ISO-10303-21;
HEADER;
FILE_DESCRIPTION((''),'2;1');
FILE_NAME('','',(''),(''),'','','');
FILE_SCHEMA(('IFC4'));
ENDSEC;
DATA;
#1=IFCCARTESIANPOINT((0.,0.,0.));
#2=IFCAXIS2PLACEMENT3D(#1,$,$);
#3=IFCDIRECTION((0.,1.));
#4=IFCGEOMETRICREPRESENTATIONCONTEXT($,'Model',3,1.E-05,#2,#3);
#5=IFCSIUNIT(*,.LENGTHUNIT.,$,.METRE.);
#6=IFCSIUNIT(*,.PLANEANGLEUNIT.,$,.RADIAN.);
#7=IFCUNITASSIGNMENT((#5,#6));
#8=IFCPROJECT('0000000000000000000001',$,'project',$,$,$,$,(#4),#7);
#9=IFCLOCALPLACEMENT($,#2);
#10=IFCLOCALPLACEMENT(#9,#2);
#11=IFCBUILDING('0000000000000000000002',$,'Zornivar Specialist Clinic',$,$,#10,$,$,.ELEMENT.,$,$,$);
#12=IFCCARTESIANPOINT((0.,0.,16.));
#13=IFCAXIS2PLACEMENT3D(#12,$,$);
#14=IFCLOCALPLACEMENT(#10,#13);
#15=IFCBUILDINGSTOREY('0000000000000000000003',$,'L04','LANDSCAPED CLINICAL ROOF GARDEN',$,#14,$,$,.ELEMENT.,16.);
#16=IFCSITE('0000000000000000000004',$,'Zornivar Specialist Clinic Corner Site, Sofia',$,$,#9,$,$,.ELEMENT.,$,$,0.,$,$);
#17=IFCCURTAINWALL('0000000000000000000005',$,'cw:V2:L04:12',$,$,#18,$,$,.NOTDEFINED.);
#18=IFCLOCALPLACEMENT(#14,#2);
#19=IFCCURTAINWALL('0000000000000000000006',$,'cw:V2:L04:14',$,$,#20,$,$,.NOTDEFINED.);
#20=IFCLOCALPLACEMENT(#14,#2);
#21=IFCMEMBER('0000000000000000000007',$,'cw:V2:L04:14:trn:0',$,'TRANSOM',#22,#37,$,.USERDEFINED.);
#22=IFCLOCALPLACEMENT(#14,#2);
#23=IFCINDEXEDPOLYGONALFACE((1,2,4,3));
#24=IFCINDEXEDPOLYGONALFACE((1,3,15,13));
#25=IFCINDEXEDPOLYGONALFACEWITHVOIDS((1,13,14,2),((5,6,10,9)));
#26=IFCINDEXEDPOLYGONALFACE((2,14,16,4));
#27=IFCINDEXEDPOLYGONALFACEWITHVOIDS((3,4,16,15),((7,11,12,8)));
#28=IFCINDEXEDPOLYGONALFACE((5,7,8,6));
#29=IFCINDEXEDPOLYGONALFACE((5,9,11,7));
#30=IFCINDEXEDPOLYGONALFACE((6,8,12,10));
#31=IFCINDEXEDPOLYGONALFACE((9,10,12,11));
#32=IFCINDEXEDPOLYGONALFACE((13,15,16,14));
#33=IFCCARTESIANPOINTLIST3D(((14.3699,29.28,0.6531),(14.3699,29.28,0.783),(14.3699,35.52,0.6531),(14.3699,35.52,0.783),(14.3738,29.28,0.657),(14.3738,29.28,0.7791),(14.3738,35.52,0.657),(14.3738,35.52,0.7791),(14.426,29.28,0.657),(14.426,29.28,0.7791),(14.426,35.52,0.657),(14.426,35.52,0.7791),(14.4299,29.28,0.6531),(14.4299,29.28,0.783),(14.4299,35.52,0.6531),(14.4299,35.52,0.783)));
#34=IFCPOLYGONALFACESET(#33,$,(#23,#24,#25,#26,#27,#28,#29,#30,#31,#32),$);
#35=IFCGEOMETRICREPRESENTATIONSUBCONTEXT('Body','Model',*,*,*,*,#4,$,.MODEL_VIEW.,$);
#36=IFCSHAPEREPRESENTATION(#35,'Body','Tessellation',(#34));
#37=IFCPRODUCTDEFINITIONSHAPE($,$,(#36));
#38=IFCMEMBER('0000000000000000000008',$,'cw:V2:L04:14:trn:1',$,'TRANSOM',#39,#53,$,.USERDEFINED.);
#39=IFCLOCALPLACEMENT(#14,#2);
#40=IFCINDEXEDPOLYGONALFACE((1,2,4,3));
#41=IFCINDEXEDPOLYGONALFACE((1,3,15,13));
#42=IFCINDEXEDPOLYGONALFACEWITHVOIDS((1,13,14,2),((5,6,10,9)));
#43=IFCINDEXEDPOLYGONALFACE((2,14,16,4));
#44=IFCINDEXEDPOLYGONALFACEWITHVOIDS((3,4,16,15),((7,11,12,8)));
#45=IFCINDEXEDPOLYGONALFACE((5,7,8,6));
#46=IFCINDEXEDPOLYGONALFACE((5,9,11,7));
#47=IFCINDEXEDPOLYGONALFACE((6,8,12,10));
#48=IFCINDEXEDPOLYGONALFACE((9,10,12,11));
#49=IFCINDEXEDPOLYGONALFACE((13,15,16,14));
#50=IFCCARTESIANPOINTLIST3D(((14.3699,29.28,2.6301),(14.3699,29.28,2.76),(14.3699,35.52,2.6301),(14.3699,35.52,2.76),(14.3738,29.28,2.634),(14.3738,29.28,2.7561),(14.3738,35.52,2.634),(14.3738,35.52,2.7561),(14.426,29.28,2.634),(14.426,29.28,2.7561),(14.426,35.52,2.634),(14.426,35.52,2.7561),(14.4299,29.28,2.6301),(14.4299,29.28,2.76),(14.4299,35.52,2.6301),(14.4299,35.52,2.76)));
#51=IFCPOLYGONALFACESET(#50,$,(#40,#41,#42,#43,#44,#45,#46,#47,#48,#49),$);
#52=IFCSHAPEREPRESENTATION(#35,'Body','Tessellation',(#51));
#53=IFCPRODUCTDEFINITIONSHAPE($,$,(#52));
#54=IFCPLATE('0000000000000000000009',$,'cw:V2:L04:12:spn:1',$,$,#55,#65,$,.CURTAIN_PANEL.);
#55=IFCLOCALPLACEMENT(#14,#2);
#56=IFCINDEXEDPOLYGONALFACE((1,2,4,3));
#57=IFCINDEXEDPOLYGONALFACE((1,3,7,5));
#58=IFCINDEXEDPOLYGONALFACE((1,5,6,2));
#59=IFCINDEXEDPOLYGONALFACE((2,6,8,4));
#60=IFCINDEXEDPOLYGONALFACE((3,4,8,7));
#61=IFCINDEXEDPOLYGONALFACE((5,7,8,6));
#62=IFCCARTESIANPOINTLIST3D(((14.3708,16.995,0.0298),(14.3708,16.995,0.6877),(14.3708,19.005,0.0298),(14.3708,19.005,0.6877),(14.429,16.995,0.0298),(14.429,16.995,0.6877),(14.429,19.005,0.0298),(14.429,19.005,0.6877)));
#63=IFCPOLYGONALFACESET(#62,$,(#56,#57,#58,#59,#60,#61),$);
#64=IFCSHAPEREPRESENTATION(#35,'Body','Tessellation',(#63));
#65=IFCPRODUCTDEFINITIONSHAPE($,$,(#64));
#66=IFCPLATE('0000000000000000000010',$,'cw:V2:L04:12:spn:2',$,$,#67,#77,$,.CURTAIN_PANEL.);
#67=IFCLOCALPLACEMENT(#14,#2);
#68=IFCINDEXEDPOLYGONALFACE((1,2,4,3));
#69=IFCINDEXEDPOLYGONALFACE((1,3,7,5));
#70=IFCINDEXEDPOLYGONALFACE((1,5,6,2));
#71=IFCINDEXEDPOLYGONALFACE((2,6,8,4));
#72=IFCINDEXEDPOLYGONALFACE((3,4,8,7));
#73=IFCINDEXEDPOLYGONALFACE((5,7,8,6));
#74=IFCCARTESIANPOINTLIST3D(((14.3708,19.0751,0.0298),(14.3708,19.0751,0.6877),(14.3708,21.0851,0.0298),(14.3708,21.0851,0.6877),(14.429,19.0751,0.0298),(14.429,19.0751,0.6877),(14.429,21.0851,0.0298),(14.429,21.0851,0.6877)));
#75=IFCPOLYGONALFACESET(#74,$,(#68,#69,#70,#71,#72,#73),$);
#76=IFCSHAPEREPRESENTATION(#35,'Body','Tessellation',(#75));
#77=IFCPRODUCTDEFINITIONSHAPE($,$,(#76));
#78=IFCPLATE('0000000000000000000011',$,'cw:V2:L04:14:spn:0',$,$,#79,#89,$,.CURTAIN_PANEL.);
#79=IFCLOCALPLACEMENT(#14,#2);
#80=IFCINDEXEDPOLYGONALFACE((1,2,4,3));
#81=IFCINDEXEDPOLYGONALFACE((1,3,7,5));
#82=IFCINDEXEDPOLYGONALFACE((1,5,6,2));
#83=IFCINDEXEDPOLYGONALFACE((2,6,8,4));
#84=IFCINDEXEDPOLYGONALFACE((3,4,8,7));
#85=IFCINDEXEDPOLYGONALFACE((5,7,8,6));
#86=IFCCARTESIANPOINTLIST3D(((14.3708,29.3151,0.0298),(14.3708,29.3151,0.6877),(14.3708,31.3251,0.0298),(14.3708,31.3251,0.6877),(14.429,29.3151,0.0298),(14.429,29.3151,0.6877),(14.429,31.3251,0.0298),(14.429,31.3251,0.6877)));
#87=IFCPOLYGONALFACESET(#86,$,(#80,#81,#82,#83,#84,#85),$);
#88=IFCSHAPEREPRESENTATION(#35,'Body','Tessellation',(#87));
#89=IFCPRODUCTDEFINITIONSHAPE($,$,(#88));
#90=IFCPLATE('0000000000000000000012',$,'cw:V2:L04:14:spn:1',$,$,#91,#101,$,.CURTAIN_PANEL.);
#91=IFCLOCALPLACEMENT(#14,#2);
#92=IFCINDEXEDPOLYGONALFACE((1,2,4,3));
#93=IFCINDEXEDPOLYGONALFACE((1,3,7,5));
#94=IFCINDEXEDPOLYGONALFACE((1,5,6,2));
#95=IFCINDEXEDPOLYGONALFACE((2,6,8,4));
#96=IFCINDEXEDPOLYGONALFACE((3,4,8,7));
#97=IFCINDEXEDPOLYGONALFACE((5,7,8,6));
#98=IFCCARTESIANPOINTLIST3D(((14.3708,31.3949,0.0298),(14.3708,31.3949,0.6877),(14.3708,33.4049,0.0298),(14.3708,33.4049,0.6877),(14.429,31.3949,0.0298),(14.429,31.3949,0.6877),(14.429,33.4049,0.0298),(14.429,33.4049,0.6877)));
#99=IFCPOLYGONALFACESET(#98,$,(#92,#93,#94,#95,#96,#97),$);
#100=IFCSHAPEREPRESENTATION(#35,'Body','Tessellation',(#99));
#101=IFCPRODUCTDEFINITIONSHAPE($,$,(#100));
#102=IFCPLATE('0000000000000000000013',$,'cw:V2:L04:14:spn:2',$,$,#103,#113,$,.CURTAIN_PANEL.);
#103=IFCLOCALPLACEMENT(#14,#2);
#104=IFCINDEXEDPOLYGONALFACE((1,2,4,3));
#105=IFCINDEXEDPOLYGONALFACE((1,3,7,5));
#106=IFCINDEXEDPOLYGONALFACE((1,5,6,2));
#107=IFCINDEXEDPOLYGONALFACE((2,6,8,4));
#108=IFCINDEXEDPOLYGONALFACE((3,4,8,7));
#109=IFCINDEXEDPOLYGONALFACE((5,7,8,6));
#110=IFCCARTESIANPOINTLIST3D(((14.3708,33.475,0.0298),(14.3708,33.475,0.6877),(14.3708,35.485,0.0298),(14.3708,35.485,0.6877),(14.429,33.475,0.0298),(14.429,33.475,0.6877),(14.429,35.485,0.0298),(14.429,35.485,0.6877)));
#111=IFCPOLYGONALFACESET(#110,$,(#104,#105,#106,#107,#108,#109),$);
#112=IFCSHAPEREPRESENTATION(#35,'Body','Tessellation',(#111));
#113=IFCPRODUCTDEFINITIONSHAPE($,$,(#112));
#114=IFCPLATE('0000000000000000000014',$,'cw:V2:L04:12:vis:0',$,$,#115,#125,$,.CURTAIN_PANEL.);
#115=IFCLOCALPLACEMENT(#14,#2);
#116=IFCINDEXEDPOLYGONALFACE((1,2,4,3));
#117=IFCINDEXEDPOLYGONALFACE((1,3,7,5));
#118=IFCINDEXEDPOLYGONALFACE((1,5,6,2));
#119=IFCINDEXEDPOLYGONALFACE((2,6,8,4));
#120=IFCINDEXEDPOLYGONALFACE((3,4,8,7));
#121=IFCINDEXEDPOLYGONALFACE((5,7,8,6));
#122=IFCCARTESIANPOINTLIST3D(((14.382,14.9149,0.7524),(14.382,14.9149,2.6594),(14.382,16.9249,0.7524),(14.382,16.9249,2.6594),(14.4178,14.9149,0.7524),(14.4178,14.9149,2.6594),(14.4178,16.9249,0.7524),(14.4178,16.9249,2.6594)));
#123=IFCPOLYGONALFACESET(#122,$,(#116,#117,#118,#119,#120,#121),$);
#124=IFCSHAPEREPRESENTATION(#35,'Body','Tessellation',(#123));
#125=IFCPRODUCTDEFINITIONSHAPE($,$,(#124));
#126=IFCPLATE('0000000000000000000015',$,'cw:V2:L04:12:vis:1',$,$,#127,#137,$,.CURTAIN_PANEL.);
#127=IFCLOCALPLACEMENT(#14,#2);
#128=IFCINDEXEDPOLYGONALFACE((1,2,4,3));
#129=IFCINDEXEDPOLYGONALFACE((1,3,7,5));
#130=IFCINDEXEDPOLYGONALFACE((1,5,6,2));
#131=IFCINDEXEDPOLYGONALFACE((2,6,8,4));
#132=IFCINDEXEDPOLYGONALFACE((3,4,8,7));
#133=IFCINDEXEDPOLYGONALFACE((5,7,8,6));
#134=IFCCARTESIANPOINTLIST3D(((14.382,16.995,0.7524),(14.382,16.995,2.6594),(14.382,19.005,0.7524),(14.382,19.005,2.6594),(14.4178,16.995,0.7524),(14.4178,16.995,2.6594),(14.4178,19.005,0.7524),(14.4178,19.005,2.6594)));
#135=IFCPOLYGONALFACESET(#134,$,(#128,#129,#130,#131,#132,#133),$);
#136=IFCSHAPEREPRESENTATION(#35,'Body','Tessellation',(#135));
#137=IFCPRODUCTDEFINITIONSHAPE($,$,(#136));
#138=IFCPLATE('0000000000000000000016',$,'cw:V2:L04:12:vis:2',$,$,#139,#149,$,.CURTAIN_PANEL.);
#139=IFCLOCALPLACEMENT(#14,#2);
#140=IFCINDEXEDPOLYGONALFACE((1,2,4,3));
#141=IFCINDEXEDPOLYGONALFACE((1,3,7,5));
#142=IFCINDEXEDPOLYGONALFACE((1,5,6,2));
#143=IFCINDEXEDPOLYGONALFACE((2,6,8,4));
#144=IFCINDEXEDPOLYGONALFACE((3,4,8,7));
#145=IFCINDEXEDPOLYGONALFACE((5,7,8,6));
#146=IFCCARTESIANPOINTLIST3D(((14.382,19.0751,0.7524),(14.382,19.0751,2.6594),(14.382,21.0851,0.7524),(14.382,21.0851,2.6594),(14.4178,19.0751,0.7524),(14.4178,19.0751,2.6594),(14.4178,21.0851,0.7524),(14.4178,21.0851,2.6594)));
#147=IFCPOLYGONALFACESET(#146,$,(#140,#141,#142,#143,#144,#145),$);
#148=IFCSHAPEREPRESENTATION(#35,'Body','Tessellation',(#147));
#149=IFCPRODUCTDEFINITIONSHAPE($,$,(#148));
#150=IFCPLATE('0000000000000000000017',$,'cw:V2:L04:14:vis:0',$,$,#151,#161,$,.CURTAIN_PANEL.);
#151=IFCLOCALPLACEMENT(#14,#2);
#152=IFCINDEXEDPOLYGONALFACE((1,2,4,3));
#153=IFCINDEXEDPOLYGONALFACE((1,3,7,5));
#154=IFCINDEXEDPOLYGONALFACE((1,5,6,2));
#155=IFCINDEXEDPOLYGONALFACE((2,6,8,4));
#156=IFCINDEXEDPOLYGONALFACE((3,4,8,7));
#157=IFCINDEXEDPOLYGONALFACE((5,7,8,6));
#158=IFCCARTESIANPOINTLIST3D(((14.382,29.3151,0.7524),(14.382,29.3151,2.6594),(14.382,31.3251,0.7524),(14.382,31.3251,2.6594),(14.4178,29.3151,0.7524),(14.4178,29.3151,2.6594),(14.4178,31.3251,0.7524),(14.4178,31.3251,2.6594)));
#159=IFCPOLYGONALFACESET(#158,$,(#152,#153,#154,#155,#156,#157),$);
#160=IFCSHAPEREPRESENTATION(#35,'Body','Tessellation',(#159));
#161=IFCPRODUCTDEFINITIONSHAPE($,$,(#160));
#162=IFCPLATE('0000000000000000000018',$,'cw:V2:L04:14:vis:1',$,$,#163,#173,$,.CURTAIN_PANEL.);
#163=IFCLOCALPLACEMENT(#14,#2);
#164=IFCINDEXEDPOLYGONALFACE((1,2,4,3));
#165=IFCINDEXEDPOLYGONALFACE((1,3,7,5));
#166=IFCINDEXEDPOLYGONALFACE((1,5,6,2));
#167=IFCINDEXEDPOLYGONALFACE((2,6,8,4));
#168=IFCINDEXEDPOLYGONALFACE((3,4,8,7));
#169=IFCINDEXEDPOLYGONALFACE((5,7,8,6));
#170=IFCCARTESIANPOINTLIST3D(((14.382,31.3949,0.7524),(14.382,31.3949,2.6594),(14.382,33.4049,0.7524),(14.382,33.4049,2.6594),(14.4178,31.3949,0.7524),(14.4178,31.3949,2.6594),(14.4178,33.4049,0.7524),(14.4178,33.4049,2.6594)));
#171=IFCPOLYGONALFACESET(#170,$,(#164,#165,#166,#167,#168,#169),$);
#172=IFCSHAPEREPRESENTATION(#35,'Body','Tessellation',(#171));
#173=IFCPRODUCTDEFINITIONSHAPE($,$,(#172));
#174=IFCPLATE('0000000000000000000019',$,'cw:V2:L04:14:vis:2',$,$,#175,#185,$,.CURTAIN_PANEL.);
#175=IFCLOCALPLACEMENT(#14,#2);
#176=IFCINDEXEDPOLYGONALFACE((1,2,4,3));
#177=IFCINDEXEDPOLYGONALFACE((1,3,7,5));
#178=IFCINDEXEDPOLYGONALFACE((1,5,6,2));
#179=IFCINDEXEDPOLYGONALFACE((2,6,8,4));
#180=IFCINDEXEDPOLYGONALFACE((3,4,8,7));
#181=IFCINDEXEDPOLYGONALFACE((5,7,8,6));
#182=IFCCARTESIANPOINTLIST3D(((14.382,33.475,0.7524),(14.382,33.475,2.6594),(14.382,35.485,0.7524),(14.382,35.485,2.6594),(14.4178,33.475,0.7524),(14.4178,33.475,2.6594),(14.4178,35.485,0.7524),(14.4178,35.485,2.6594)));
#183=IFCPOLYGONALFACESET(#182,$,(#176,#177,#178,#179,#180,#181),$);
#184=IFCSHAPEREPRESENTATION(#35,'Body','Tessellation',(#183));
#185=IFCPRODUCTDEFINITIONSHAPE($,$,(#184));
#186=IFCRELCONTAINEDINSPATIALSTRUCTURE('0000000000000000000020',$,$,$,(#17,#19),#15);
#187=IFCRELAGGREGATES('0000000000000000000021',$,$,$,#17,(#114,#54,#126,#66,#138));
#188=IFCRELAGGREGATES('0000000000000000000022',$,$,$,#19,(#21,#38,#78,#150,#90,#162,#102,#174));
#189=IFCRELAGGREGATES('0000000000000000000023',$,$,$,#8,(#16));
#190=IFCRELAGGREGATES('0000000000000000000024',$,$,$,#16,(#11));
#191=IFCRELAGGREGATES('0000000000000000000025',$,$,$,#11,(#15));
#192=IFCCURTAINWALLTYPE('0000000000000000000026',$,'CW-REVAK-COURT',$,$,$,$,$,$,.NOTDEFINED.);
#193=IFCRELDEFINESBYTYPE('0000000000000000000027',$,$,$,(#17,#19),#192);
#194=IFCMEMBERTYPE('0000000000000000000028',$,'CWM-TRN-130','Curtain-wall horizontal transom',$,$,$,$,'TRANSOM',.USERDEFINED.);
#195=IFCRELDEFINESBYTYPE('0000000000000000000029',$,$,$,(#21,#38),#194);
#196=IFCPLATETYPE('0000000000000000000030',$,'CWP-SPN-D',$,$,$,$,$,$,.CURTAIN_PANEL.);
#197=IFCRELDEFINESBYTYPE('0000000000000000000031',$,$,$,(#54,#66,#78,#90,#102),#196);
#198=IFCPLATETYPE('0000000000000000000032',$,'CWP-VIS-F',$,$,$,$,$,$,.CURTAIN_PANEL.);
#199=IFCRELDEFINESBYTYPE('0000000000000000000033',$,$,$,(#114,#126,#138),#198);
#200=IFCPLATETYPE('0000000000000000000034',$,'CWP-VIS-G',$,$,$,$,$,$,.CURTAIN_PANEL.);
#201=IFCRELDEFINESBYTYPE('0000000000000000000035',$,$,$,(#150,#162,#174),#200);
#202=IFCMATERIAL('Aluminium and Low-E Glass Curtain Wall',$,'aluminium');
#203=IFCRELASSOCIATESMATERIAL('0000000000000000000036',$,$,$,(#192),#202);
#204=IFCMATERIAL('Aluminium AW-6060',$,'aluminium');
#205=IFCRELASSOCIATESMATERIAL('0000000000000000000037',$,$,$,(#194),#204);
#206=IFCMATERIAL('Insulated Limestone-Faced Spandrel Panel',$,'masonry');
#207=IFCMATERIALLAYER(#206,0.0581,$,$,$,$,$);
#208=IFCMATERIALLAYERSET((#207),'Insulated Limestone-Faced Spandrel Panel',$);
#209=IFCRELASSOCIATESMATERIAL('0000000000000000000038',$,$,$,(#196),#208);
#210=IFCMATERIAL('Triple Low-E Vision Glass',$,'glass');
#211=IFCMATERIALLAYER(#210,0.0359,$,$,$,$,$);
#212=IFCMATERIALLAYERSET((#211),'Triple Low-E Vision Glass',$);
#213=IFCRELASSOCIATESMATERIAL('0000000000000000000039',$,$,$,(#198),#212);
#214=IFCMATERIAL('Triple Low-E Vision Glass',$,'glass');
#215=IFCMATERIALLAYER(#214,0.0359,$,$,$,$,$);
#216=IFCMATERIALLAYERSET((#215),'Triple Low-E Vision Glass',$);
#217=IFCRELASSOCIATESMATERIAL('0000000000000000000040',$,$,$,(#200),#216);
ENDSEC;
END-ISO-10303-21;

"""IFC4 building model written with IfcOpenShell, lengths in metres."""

from ifc_helpers import new_model, si_unit, direction, frame, origin, origin_2d, place, context, subcontext, project, spatial, rectangle, hollow_rectangle, extrude, material, layer, layer_set, material_profile, profile_set, type_object, element, aggregate, save


model = new_model("IFC4")

# Units and contexts
model_context = context("Model", 3, precision=1e-05, world=origin(), true_north=direction((0.0, 1.0)))
body_context = subcontext(model_context, "Body", "Model", "MODEL_VIEW")
ifc_project = project(units=[si_unit("LENGTHUNIT", "METRE"), si_unit("PLANEANGLEUNIT", "RADIAN")], contexts=[model_context])

# Site, building, storey
site_placement = place(None, origin())
site = spatial("IfcSite", under=ifc_project, at=site_placement, Name="Zornivar Specialist Clinic Corner Site, Sofia", CompositionType="ELEMENT", RefElevation=0.0)
building_placement = place(site_placement, origin())
building = spatial("IfcBuilding", under=site, at=building_placement, Name="Zornivar Specialist Clinic", CompositionType="ELEMENT")
storey_placement = place(building_placement, frame((0.0, 0.0, 16.0)))
storey = spatial("IfcBuildingStorey", under=building, at=storey_placement, Name="L04", Description="LANDSCAPED CLINICAL ROOF GARDEN", CompositionType="ELEMENT", Elevation=16.0)

# Curtain walls, members
ifc_material_1 = material(Name="Aluminium and Low-E Glass Curtain Wall", Category="aluminium")
curtain_wall_type = type_object("IfcCurtainWallType", Name="CW-REVAK-COURT", PredefinedType="NOTDEFINED", material=ifc_material_1)
curtain_wall_1_placement = place(storey_placement, origin())
curtain_wall_1 = element("IfcCurtainWall", 1, at=curtain_wall_1_placement, inside=storey, type_object=curtain_wall_type, Name="cw:V2:L04:12", PredefinedType="NOTDEFINED")
curtain_wall_2_placement = place(storey_placement, origin())
curtain_wall_2 = element("IfcCurtainWall", 2, at=curtain_wall_2_placement, inside=storey, type_object=curtain_wall_type, Name="cw:V2:L04:14", PredefinedType="NOTDEFINED")
ifc_material_2 = material(Name="Aluminium AW-6060", Category="aluminium")
ifc_material_profile_1 = material_profile(ifc_material_2, hollow_rectangle(XDim=0.0601, YDim=0.1299, WallThickness=0.0039, at=origin_2d()), Name="ALU 60x130x4")
ifc_profile_set_1 = profile_set([ifc_material_profile_1], Name="Aluminium AW-6060")
member_type_1 = type_object("IfcMemberType", Name="CWM-TRN-130", Description="Curtain-wall horizontal transom", ElementType="TRANSOM", PredefinedType="USERDEFINED", material=ifc_profile_set_1)
member_1_placement = place(storey_placement, frame((14.3999, 29.28, 0.718), z_axis=(0.0, 1.0, 0.0), x_axis=(-1.0, 0.0, 0.0)))
member_1 = element("IfcMember", 3, at=member_1_placement, type_object=member_type_1, Name="cw:V2:L04:14:trn:0", ObjectType="TRANSOM", PredefinedType="USERDEFINED", context=body_context, shape_type="SweptSolid", body=[
    extrude(hollow_rectangle(XDim=0.0601, YDim=0.1299, WallThickness=0.0039, at=origin_2d()), origin(), (0.0, 0.0, 1.0), 6.24),
])
member_2_placement = place(storey_placement, frame((14.3999, 29.28, 2.6951), z_axis=(0.0, 1.0, 0.0), x_axis=(-1.0, 0.0, 0.0)))
member_2 = element("IfcMember", 4, at=member_2_placement, type_object=member_type_1, Name="cw:V2:L04:14:trn:1", ObjectType="TRANSOM", PredefinedType="USERDEFINED", context=body_context, shape_type="SweptSolid", body=[
    extrude(hollow_rectangle(XDim=0.0601, YDim=0.1299, WallThickness=0.0039, at=origin_2d()), origin(), (0.0, 0.0, 1.0), 6.24),
])

# Plates
ifc_material_3 = material(Name="Insulated Limestone-Faced Spandrel Panel", Category="masonry")
ifc_layer_1 = layer(ifc_material_3, 0.0581)
ifc_layer_set_1 = layer_set([ifc_layer_1], Name="Insulated Limestone-Faced Spandrel Panel")
plate_type_1 = type_object("IfcPlateType", Name="CWP-SPN-D", PredefinedType="CURTAIN_PANEL", material=ifc_layer_set_1)
plate_1_placement = place(storey_placement, frame((14.3999, 18.0, 0.0298), z_axis=(0.0, 0.0, 1.0), x_axis=(0.0, 1.0, 0.0)))
plate_1 = element("IfcPlate", 5, at=plate_1_placement, type_object=plate_type_1, Name="cw:V2:L04:12:spn:1", PredefinedType="CURTAIN_PANEL", context=body_context, shape_type="SweptSolid", body=[
    extrude(rectangle(XDim=2.01, YDim=0.0581, at=origin_2d()), origin(), (0.0, 0.0, 1.0), 0.658),
])
plate_2_placement = place(storey_placement, frame((14.3999, 20.0801, 0.0298), z_axis=(0.0, 0.0, 1.0), x_axis=(0.0, 1.0, 0.0)))
plate_2 = element("IfcPlate", 6, at=plate_2_placement, type_object=plate_type_1, Name="cw:V2:L04:12:spn:2", PredefinedType="CURTAIN_PANEL", context=body_context, shape_type="SweptSolid", body=[
    extrude(rectangle(XDim=2.01, YDim=0.0581, at=origin_2d()), origin(), (0.0, 0.0, 1.0), 0.658),
])
plate_3_placement = place(storey_placement, frame((14.3999, 30.3201, 0.0298), z_axis=(0.0, 0.0, 1.0), x_axis=(0.0, 1.0, 0.0)))
plate_3 = element("IfcPlate", 7, at=plate_3_placement, type_object=plate_type_1, Name="cw:V2:L04:14:spn:0", PredefinedType="CURTAIN_PANEL", context=body_context, shape_type="SweptSolid", body=[
    extrude(rectangle(XDim=2.01, YDim=0.0581, at=origin_2d()), origin(), (0.0, 0.0, 1.0), 0.658),
])
plate_4_placement = place(storey_placement, frame((14.3999, 32.3999, 0.0298), z_axis=(0.0, 0.0, 1.0), x_axis=(0.0, 1.0, 0.0)))
plate_4 = element("IfcPlate", 8, at=plate_4_placement, type_object=plate_type_1, Name="cw:V2:L04:14:spn:1", PredefinedType="CURTAIN_PANEL", context=body_context, shape_type="SweptSolid", body=[
    extrude(rectangle(XDim=2.01, YDim=0.0581, at=origin_2d()), origin(), (0.0, 0.0, 1.0), 0.658),
])
plate_5_placement = place(storey_placement, frame((14.3999, 34.48, 0.0298), z_axis=(0.0, 0.0, 1.0), x_axis=(0.0, 1.0, 0.0)))
plate_5 = element("IfcPlate", 9, at=plate_5_placement, type_object=plate_type_1, Name="cw:V2:L04:14:spn:2", PredefinedType="CURTAIN_PANEL", context=body_context, shape_type="SweptSolid", body=[
    extrude(rectangle(XDim=2.01, YDim=0.0581, at=origin_2d()), origin(), (0.0, 0.0, 1.0), 0.658),
])
ifc_material_4 = material(Name="Triple Low-E Vision Glass", Category="glass")
ifc_layer_2 = layer(ifc_material_4, 0.0359)
ifc_layer_set_2 = layer_set([ifc_layer_2], Name="Triple Low-E Vision Glass")
plate_type_2 = type_object("IfcPlateType", Name="CWP-VIS-F", PredefinedType="CURTAIN_PANEL", material=ifc_layer_set_2)
plate_6_placement = place(storey_placement, frame((14.3999, 15.9199, 0.7524), z_axis=(0.0, 0.0, 1.0), x_axis=(0.0, 1.0, 0.0)))
plate_6 = element("IfcPlate", 10, at=plate_6_placement, type_object=plate_type_2, Name="cw:V2:L04:12:vis:0", PredefinedType="CURTAIN_PANEL", context=body_context, shape_type="SweptSolid", body=[
    extrude(rectangle(XDim=2.01, YDim=0.0359, at=origin_2d()), origin(), (0.0, 0.0, 1.0), 1.907),
])
plate_7_placement = place(storey_placement, frame((14.3999, 18.0, 0.7524), z_axis=(0.0, 0.0, 1.0), x_axis=(0.0, 1.0, 0.0)))
plate_7 = element("IfcPlate", 11, at=plate_7_placement, type_object=plate_type_2, Name="cw:V2:L04:12:vis:1", PredefinedType="CURTAIN_PANEL", context=body_context, shape_type="SweptSolid", body=[
    extrude(rectangle(XDim=2.01, YDim=0.0359, at=origin_2d()), origin(), (0.0, 0.0, 1.0), 1.907),
])
plate_8_placement = place(storey_placement, frame((14.3999, 20.0801, 0.7524), z_axis=(0.0, 0.0, 1.0), x_axis=(0.0, 1.0, 0.0)))
plate_8 = element("IfcPlate", 12, at=plate_8_placement, type_object=plate_type_2, Name="cw:V2:L04:12:vis:2", PredefinedType="CURTAIN_PANEL", context=body_context, shape_type="SweptSolid", body=[
    extrude(rectangle(XDim=2.01, YDim=0.0359, at=origin_2d()), origin(), (0.0, 0.0, 1.0), 1.907),
])
aggregate(curtain_wall_1, [plate_6, plate_1, plate_7, plate_2, plate_8])
ifc_material_5 = material(Name="Triple Low-E Vision Glass", Category="glass")
ifc_layer_3 = layer(ifc_material_5, 0.0359)
ifc_layer_set_3 = layer_set([ifc_layer_3], Name="Triple Low-E Vision Glass")
plate_type_3 = type_object("IfcPlateType", Name="CWP-VIS-G", PredefinedType="CURTAIN_PANEL", material=ifc_layer_set_3)
plate_9_placement = place(storey_placement, frame((14.3999, 30.3201, 0.7524), z_axis=(0.0, 0.0, 1.0), x_axis=(0.0, 1.0, 0.0)))
plate_9 = element("IfcPlate", 13, at=plate_9_placement, type_object=plate_type_3, Name="cw:V2:L04:14:vis:0", PredefinedType="CURTAIN_PANEL", context=body_context, shape_type="SweptSolid", body=[
    extrude(rectangle(XDim=2.01, YDim=0.0359, at=origin_2d()), origin(), (0.0, 0.0, 1.0), 1.907),
])
plate_10_placement = place(storey_placement, frame((14.3999, 32.3999, 0.7524), z_axis=(0.0, 0.0, 1.0), x_axis=(0.0, 1.0, 0.0)))
plate_10 = element("IfcPlate", 14, at=plate_10_placement, type_object=plate_type_3, Name="cw:V2:L04:14:vis:1", PredefinedType="CURTAIN_PANEL", context=body_context, shape_type="SweptSolid", body=[
    extrude(rectangle(XDim=2.01, YDim=0.0359, at=origin_2d()), origin(), (0.0, 0.0, 1.0), 1.907),
])
plate_11_placement = place(storey_placement, frame((14.3999, 34.48, 0.7524), z_axis=(0.0, 0.0, 1.0), x_axis=(0.0, 1.0, 0.0)))
plate_11 = element("IfcPlate", 15, at=plate_11_placement, type_object=plate_type_3, Name="cw:V2:L04:14:vis:2", PredefinedType="CURTAIN_PANEL", context=body_context, shape_type="SweptSolid", body=[
    extrude(rectangle(XDim=2.01, YDim=0.0359, at=origin_2d()), origin(), (0.0, 0.0, 1.0), 1.907),
])
aggregate(curtain_wall_2, [member_1, member_2, plate_3, plate_9, plate_4, plate_10, plate_5, plate_11])

save(model, "model.ifc")
